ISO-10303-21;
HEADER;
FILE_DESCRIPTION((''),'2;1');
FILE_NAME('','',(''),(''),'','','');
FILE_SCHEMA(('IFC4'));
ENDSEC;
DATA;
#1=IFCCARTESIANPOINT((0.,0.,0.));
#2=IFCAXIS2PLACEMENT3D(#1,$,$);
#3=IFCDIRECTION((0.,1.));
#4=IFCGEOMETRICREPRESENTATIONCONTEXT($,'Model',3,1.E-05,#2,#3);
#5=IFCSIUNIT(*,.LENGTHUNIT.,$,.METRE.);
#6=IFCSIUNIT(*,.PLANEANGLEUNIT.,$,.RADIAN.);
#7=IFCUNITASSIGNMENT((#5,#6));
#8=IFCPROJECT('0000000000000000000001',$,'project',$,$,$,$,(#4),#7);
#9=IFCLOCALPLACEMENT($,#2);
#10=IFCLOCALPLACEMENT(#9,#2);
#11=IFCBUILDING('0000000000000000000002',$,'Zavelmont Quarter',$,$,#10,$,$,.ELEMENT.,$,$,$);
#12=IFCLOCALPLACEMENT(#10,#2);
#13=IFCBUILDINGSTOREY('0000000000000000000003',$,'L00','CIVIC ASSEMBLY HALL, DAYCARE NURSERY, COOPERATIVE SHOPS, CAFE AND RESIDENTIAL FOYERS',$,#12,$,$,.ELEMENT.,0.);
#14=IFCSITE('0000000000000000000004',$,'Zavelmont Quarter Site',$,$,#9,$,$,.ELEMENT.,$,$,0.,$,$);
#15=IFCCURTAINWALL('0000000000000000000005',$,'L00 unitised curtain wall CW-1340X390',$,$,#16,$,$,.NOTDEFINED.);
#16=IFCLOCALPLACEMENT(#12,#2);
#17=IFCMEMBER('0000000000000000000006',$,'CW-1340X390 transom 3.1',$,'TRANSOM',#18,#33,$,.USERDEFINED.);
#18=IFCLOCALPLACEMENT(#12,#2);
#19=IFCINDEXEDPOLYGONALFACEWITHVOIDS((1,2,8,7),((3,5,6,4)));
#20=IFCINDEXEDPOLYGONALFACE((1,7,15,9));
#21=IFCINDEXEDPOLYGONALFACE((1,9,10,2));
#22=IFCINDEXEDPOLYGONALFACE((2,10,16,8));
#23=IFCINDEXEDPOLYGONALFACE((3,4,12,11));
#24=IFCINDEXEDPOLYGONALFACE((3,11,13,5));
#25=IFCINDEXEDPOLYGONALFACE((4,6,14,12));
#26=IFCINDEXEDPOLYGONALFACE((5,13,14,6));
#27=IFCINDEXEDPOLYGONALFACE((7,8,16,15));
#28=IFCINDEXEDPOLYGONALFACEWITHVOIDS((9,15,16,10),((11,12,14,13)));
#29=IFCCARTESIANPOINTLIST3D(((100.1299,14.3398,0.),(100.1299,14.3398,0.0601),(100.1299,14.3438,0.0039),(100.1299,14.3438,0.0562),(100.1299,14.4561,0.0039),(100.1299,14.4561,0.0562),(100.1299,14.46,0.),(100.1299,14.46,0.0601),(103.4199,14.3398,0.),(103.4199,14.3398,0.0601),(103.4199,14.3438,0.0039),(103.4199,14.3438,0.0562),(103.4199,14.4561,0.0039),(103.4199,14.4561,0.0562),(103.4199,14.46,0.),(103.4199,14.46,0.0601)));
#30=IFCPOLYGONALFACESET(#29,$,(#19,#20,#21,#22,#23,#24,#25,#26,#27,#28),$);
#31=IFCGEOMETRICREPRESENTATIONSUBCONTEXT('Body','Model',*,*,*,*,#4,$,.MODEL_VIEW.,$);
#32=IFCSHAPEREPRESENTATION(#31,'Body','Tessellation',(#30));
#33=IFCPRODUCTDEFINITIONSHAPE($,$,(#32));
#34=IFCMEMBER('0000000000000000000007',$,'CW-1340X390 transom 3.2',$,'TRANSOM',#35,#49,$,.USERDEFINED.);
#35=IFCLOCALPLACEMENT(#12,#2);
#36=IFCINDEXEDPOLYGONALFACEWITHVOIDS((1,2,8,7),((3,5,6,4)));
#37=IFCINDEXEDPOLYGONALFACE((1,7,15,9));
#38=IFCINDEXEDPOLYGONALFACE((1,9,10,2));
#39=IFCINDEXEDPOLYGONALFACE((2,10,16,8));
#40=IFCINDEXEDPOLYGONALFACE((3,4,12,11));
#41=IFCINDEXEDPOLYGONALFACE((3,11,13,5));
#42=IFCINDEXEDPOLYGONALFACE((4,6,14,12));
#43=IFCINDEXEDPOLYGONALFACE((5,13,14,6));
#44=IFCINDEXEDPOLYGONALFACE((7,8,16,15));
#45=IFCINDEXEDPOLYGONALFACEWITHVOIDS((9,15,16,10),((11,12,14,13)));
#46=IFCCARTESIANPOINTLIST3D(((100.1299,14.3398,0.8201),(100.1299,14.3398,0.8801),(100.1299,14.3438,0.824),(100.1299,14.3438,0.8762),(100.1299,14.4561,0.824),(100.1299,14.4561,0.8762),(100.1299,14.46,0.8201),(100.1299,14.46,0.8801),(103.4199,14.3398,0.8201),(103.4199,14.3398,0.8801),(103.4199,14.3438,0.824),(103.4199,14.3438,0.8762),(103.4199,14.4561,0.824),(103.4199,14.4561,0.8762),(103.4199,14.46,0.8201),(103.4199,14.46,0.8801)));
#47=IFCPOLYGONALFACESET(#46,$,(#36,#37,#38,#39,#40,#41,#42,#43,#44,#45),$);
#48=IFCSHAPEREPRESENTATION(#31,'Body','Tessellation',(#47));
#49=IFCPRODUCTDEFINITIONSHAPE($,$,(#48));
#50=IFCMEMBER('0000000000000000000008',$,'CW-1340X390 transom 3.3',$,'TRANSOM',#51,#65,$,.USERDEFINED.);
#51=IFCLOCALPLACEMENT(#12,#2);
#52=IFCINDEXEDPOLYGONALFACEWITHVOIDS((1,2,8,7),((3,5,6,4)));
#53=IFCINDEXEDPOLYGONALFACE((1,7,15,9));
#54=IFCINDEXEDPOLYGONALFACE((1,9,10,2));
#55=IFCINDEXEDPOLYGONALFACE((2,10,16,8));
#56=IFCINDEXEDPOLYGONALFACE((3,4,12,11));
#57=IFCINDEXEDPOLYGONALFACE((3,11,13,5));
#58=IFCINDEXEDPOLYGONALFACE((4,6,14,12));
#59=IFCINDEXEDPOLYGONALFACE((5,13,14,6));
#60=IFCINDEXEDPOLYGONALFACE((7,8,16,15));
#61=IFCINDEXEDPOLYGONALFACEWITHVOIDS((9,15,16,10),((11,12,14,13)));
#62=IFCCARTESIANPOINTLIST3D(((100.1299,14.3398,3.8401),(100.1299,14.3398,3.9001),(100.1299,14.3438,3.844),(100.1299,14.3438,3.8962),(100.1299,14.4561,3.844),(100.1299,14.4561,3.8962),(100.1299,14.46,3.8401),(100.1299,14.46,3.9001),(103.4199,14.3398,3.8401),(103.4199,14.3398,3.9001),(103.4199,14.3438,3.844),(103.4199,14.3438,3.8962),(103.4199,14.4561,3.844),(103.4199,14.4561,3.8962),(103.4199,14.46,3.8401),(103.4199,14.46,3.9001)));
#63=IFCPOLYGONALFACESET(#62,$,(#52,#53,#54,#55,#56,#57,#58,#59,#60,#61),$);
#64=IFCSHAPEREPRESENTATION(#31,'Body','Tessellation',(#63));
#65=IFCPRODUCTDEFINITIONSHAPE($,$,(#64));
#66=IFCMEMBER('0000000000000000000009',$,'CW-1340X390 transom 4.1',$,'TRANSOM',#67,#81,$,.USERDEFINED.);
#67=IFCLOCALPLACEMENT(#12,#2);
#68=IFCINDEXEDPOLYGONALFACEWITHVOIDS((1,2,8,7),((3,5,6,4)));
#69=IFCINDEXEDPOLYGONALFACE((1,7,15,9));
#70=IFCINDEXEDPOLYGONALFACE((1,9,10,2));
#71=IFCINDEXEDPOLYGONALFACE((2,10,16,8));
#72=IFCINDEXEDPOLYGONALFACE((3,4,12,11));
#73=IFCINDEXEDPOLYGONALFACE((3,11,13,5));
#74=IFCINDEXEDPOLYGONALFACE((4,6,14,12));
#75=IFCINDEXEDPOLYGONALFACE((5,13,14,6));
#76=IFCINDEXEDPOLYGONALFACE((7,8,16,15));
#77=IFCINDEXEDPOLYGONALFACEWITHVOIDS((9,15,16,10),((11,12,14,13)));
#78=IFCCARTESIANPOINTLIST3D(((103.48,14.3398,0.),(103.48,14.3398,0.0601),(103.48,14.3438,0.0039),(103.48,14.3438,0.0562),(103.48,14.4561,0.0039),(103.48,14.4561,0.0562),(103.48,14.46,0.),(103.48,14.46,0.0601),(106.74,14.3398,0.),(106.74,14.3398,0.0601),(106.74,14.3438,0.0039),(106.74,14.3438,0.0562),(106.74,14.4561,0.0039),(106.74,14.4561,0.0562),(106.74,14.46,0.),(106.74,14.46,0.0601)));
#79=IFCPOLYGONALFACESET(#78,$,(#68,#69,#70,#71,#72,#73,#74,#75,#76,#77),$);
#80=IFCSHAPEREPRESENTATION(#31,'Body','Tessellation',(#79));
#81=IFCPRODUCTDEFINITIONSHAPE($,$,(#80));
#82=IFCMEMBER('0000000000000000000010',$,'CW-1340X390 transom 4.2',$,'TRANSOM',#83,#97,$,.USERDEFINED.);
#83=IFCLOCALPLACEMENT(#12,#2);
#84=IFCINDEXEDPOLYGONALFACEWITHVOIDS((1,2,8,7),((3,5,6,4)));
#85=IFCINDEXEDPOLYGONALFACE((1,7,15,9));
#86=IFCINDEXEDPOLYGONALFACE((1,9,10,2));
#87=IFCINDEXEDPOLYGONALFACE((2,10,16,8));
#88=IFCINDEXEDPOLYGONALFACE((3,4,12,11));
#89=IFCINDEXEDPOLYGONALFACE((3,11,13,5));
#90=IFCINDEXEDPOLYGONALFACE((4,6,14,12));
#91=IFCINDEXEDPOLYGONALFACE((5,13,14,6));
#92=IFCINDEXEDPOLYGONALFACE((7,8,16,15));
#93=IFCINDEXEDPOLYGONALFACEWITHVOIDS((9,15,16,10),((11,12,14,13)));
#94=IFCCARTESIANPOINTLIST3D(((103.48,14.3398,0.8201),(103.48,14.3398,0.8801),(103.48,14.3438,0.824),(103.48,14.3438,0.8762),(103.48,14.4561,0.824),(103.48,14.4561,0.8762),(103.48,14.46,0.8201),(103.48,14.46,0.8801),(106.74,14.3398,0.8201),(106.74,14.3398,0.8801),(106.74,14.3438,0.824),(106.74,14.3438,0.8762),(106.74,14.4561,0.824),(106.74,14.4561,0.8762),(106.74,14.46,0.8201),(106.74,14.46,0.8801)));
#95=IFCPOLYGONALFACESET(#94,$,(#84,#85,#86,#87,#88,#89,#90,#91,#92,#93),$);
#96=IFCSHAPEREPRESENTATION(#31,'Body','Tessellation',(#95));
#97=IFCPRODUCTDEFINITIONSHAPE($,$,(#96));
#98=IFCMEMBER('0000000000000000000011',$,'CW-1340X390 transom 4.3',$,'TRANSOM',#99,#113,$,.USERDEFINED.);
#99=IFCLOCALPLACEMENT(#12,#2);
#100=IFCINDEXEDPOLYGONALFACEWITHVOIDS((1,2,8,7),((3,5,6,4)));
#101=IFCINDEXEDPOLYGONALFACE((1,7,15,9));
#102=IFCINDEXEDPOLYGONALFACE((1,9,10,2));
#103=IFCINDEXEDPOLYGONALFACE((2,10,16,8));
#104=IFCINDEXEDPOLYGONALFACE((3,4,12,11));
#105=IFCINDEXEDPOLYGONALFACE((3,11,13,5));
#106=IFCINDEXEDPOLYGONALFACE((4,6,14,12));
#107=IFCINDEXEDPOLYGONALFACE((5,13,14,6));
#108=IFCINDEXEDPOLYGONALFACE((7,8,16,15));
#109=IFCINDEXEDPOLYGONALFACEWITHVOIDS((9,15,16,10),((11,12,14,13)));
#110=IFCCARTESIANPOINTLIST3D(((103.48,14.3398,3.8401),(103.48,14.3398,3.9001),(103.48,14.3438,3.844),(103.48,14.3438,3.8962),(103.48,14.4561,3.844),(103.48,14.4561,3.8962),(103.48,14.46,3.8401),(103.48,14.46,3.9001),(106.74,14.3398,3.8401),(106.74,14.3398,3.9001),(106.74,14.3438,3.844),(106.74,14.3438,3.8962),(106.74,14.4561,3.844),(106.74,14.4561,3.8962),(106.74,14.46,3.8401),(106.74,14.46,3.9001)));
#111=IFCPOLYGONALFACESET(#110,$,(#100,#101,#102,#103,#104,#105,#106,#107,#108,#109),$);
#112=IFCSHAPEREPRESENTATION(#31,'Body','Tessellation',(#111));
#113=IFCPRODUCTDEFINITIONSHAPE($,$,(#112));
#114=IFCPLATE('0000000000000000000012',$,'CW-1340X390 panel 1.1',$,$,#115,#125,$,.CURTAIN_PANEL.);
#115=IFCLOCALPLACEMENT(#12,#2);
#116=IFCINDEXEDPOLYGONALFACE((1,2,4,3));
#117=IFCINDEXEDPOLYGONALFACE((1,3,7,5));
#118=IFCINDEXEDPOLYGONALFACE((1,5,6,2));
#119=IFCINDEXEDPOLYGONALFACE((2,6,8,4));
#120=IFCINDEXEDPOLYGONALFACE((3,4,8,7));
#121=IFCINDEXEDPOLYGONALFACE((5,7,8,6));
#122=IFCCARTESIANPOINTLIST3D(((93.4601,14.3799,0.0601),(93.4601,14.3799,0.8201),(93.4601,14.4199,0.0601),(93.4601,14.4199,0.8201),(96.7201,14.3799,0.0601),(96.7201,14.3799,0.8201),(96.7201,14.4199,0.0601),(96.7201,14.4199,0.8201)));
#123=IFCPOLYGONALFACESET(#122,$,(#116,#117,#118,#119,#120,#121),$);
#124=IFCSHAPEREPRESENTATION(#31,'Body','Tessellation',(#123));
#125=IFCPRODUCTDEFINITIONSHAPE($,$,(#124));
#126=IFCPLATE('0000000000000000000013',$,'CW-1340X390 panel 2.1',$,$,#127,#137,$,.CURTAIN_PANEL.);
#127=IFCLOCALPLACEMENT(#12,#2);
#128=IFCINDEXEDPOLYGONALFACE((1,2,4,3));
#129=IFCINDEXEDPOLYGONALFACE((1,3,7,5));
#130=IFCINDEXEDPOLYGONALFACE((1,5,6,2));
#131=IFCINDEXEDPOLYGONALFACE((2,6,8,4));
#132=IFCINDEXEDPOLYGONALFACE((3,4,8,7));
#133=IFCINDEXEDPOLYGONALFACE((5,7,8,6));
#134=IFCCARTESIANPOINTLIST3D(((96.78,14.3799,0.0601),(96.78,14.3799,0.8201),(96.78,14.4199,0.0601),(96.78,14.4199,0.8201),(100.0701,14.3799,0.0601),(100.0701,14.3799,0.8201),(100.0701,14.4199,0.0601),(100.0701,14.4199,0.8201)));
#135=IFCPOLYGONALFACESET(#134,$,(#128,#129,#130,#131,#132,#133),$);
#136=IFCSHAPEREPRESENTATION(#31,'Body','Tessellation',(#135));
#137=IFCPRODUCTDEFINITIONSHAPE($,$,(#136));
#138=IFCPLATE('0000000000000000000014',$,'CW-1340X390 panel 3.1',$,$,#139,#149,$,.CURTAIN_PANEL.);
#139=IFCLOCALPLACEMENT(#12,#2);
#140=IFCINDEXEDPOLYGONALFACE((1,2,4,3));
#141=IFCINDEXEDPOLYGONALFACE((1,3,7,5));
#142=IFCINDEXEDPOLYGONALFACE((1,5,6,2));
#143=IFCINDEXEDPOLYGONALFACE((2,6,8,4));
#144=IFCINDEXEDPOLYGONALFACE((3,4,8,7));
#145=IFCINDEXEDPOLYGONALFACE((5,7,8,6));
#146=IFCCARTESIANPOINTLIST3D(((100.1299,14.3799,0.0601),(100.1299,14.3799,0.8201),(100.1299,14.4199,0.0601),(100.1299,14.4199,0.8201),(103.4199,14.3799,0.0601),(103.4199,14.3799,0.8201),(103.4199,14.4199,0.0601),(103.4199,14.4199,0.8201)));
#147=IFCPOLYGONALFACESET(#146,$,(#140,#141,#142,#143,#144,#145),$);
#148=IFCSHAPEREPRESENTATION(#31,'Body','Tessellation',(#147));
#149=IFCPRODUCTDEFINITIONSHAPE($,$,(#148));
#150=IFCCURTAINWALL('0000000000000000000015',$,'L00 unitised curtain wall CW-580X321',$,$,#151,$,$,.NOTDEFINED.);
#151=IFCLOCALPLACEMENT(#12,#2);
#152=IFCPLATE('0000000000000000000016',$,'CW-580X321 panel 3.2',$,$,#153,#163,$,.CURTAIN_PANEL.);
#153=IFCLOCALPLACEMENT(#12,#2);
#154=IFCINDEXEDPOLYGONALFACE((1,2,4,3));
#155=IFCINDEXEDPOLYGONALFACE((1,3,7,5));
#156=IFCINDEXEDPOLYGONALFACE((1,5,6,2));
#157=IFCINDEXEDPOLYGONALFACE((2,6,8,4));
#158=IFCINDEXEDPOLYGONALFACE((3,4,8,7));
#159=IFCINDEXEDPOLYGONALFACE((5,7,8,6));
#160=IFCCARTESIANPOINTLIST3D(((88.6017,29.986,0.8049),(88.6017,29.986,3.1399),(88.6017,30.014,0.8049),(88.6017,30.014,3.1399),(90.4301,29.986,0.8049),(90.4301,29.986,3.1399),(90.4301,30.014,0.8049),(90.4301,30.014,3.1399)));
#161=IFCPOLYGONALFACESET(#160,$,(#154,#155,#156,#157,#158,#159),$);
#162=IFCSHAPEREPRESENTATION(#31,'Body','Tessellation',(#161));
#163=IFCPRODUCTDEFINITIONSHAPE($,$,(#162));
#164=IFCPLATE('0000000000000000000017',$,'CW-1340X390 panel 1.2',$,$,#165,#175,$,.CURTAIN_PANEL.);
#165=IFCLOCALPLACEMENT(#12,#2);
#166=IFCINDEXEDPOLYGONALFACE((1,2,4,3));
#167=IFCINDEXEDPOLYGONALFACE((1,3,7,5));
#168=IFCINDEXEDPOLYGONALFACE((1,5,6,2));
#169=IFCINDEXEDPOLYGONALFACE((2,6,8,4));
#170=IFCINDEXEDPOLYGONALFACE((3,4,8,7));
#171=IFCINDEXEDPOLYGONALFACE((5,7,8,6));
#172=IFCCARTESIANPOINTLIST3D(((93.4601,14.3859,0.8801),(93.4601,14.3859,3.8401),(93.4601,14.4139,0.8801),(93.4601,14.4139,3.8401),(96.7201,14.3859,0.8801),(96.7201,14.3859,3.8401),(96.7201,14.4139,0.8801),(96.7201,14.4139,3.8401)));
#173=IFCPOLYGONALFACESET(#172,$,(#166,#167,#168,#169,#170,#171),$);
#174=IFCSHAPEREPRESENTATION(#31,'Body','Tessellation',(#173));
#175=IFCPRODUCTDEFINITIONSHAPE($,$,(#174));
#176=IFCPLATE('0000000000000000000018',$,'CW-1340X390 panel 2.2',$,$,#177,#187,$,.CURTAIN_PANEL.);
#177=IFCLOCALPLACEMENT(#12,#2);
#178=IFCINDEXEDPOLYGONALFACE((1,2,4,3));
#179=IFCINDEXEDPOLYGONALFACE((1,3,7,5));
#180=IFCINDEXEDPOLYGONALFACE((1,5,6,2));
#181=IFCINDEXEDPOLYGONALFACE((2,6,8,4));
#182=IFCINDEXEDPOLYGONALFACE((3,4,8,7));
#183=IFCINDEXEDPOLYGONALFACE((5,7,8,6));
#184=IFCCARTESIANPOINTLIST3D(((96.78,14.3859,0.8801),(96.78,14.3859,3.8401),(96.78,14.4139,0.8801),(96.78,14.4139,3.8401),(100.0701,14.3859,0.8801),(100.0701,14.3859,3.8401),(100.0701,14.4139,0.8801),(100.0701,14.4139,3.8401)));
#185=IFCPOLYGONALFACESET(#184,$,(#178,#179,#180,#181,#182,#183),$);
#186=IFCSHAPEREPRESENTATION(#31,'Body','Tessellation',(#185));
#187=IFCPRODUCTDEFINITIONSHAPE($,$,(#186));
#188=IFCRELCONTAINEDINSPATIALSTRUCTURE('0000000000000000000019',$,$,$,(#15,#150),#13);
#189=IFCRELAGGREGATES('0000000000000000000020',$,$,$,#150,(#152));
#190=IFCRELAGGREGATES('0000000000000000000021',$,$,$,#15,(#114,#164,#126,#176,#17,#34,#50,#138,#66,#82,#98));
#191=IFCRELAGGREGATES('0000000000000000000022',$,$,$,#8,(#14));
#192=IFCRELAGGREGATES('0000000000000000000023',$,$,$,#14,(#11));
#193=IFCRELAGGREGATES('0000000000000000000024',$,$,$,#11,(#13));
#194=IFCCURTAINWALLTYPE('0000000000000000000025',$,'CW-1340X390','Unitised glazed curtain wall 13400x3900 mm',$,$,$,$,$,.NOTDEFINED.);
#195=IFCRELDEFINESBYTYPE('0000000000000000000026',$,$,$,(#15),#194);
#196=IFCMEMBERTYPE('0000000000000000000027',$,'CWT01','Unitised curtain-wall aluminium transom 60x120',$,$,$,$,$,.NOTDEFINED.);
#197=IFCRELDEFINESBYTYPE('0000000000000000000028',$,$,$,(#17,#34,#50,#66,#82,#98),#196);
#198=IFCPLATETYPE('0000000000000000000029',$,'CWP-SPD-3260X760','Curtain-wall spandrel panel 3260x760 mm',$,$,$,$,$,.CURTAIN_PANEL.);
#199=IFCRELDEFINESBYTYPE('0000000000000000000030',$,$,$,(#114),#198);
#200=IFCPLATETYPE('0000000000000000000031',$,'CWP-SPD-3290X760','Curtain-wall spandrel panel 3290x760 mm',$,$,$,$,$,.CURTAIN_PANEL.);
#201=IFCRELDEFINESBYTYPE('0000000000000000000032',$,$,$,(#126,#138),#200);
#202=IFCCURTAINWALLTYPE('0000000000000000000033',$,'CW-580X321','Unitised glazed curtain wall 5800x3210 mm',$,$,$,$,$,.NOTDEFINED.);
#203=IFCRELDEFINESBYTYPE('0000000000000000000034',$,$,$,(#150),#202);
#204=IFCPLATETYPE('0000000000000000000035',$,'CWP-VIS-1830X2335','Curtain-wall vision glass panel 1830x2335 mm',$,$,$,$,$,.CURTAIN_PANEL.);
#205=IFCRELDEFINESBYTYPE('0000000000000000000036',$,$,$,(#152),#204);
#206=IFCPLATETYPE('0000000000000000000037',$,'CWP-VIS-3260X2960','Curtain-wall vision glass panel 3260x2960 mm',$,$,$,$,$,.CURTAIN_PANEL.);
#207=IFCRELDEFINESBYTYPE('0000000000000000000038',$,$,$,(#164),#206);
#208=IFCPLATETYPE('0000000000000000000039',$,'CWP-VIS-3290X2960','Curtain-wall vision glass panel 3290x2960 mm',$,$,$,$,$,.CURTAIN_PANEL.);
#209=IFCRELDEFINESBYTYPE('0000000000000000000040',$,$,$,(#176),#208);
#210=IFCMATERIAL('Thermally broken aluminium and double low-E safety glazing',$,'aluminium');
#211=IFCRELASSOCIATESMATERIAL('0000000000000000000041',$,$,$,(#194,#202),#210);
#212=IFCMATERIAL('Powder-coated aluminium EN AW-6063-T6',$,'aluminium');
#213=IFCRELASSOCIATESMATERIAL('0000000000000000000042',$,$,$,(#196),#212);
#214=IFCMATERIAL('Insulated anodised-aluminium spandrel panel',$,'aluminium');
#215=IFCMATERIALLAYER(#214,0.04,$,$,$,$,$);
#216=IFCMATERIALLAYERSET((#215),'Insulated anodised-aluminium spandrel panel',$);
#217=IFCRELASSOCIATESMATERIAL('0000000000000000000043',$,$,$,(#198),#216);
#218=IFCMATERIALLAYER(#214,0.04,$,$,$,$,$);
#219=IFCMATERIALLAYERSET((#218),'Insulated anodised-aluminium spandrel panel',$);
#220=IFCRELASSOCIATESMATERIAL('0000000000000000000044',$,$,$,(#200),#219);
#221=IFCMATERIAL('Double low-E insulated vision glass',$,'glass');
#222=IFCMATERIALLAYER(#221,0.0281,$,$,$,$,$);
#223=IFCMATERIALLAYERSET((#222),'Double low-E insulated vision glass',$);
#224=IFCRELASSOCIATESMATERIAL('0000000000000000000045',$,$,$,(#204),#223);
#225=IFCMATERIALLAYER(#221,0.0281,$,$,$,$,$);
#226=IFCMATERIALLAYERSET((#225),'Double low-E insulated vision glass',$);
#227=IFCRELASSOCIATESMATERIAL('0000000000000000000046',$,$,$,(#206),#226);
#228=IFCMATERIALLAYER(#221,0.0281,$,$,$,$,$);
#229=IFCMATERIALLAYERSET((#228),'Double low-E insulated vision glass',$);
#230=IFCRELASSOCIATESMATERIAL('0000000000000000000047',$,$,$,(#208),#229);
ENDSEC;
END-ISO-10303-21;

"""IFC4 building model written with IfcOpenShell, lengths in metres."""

from ifc_helpers import new_model, si_unit, direction, frame, origin, origin_2d, place, context, subcontext, project, spatial, rectangle, hollow_rectangle, extrude, material, layer, layer_set, material_profile, profile_set, type_object, element, aggregate, save


model = new_model("IFC4")

# Units and contexts
model_context = context("Model", 3, precision=1e-05, world=origin(), true_north=direction((0.0, 1.0)))
body_context = subcontext(model_context, "Body", "Model", "MODEL_VIEW")
ifc_project = project(units=[si_unit("LENGTHUNIT", "METRE"), si_unit("PLANEANGLEUNIT", "RADIAN")], contexts=[model_context])

# Site, building, storey
site_placement = place(None, origin())
site = spatial("IfcSite", under=ifc_project, at=site_placement, Name="Zavelmont Quarter Site", CompositionType="ELEMENT", RefElevation=0.0)
building_placement = place(site_placement, origin())
building = spatial("IfcBuilding", under=site, at=building_placement, Name="Zavelmont Quarter", CompositionType="ELEMENT")
storey_placement = place(building_placement, origin())
storey = spatial("IfcBuildingStorey", under=building, at=storey_placement, Name="L00", Description="CIVIC ASSEMBLY HALL, DAYCARE NURSERY, COOPERATIVE SHOPS, CAFE AND RESIDENTIAL FOYERS", CompositionType="ELEMENT", Elevation=0.0)

# Curtain wall, members, plates
ifc_material_1 = material(Name="Thermally broken aluminium and double low-E safety glazing", Category="aluminium")
curtain_wall_type_1 = type_object("IfcCurtainWallType", Name="CW-1340X390", Description="Unitised glazed curtain wall 13400x3900 mm", PredefinedType="NOTDEFINED", material=ifc_material_1)
curtain_wall_1_placement = place(storey_placement, origin())
curtain_wall_1 = element("IfcCurtainWall", 1, at=curtain_wall_1_placement, inside=storey, type_object=curtain_wall_type_1, Name="L00 unitised curtain wall CW-1340X390", PredefinedType="NOTDEFINED")
ifc_material_2 = material(Name="Powder-coated aluminium EN AW-6063-T6", Category="aluminium")
ifc_material_profile_1 = material_profile(ifc_material_2, hollow_rectangle(XDim=0.1201, YDim=0.0601, WallThickness=0.0039, at=origin_2d()), Name="CWT60X120")
ifc_profile_set_1 = profile_set([ifc_material_profile_1], Name="Powder-coated aluminium EN AW-6063-T6")
member_type_1 = type_object("IfcMemberType", Name="CWT01", Description="Unitised curtain-wall aluminium transom 60x120", PredefinedType="NOTDEFINED", material=ifc_profile_set_1)
member_1_placement = place(storey_placement, frame((100.1299, 14.3999, 0.03), z_axis=(1.0, 0.0, 0.0), x_axis=(0.0, 1.0, 0.0)))
member_1 = element("IfcMember", 2, at=member_1_placement, type_object=member_type_1, Name="CW-1340X390 transom 3.1", ObjectType="TRANSOM", PredefinedType="USERDEFINED", context=body_context, shape_type="SweptSolid", body=[
    extrude(hollow_rectangle(XDim=0.1201, YDim=0.0601, WallThickness=0.0039, at=origin_2d()), origin(), (0.0, 0.0, 1.0), 3.29),
])
member_2_placement = place(storey_placement, frame((100.1299, 14.3999, 0.8501), z_axis=(1.0, 0.0, 0.0), x_axis=(0.0, 1.0, 0.0)))
member_2 = element("IfcMember", 3, at=member_2_placement, type_object=member_type_1, Name="CW-1340X390 transom 3.2", ObjectType="TRANSOM", PredefinedType="USERDEFINED", context=body_context, shape_type="SweptSolid", body=[
    extrude(hollow_rectangle(XDim=0.1201, YDim=0.0601, WallThickness=0.0039, at=origin_2d()), origin(), (0.0, 0.0, 1.0), 3.29),
])
member_3_placement = place(storey_placement, frame((100.1299, 14.3999, 3.8701), z_axis=(1.0, 0.0, 0.0), x_axis=(0.0, 1.0, 0.0)))
member_3 = element("IfcMember", 4, at=member_3_placement, type_object=member_type_1, Name="CW-1340X390 transom 3.3", ObjectType="TRANSOM", PredefinedType="USERDEFINED", context=body_context, shape_type="SweptSolid", body=[
    extrude(hollow_rectangle(XDim=0.1201, YDim=0.0601, WallThickness=0.0039, at=origin_2d()), origin(), (0.0, 0.0, 1.0), 3.29),
])
member_4_placement = place(storey_placement, frame((103.48, 14.3999, 0.03), z_axis=(1.0, 0.0, 0.0), x_axis=(0.0, 1.0, 0.0)))
member_4 = element("IfcMember", 5, at=member_4_placement, type_object=member_type_1, Name="CW-1340X390 transom 4.1", ObjectType="TRANSOM", PredefinedType="USERDEFINED", context=body_context, shape_type="SweptSolid", body=[
    extrude(hollow_rectangle(XDim=0.1201, YDim=0.0601, WallThickness=0.0039, at=origin_2d()), origin(), (0.0, 0.0, 1.0), 3.26),
])
member_5_placement = place(storey_placement, frame((103.48, 14.3999, 0.8501), z_axis=(1.0, 0.0, 0.0), x_axis=(0.0, 1.0, 0.0)))
member_5 = element("IfcMember", 6, at=member_5_placement, type_object=member_type_1, Name="CW-1340X390 transom 4.2", ObjectType="TRANSOM", PredefinedType="USERDEFINED", context=body_context, shape_type="SweptSolid", body=[
    extrude(hollow_rectangle(XDim=0.1201, YDim=0.0601, WallThickness=0.0039, at=origin_2d()), origin(), (0.0, 0.0, 1.0), 3.26),
])
member_6_placement = place(storey_placement, frame((103.48, 14.3999, 3.8701), z_axis=(1.0, 0.0, 0.0), x_axis=(0.0, 1.0, 0.0)))
member_6 = element("IfcMember", 7, at=member_6_placement, type_object=member_type_1, Name="CW-1340X390 transom 4.3", ObjectType="TRANSOM", PredefinedType="USERDEFINED", context=body_context, shape_type="SweptSolid", body=[
    extrude(hollow_rectangle(XDim=0.1201, YDim=0.0601, WallThickness=0.0039, at=origin_2d()), origin(), (0.0, 0.0, 1.0), 3.26),
])
ifc_material_3 = material(Name="Insulated anodised-aluminium spandrel panel", Category="aluminium")
ifc_layer_1 = layer(ifc_material_3, 0.04)
ifc_layer_set_1 = layer_set([ifc_layer_1], Name="Insulated anodised-aluminium spandrel panel")
plate_type_1 = type_object("IfcPlateType", Name="CWP-SPD-3260X760", Description="Curtain-wall spandrel panel 3260x760 mm", PredefinedType="CURTAIN_PANEL", material=ifc_layer_set_1)
plate_1_placement = place(storey_placement, frame((95.0901, 14.3999, 0.0601), z_axis=(0.0, 0.0, 1.0), x_axis=(1.0, 0.0, 0.0)))
plate_1 = element("IfcPlate", 8, at=plate_1_placement, type_object=plate_type_1, Name="CW-1340X390 panel 1.1", PredefinedType="CURTAIN_PANEL", context=body_context, shape_type="SweptSolid", body=[
    extrude(rectangle(XDim=3.26, YDim=0.04, at=origin_2d()), origin(), (0.0, 0.0, 1.0), 0.76),
])
ifc_layer_2 = layer(ifc_material_3, 0.04)
ifc_layer_set_2 = layer_set([ifc_layer_2], Name="Insulated anodised-aluminium spandrel panel")
plate_type_2 = type_object("IfcPlateType", Name="CWP-SPD-3290X760", Description="Curtain-wall spandrel panel 3290x760 mm", PredefinedType="CURTAIN_PANEL", material=ifc_layer_set_2)
plate_2_placement = place(storey_placement, frame((98.425, 14.3999, 0.0601), z_axis=(0.0, 0.0, 1.0), x_axis=(1.0, 0.0, 0.0)))
plate_2 = element("IfcPlate", 9, at=plate_2_placement, type_object=plate_type_2, Name="CW-1340X390 panel 2.1", PredefinedType="CURTAIN_PANEL", context=body_context, shape_type="SweptSolid", body=[
    extrude(rectangle(XDim=3.29, YDim=0.04, at=origin_2d()), origin(), (0.0, 0.0, 1.0), 0.76),
])
plate_3_placement = place(storey_placement, frame((101.7749, 14.3999, 0.0601), z_axis=(0.0, 0.0, 1.0), x_axis=(1.0, 0.0, 0.0)))
plate_3 = element("IfcPlate", 10, at=plate_3_placement, type_object=plate_type_2, Name="CW-1340X390 panel 3.1", PredefinedType="CURTAIN_PANEL", context=body_context, shape_type="SweptSolid", body=[
    extrude(rectangle(XDim=3.29, YDim=0.04, at=origin_2d()), origin(), (0.0, 0.0, 1.0), 0.76),
])

# Curtain wall, plate
curtain_wall_type_2 = type_object("IfcCurtainWallType", Name="CW-580X321", Description="Unitised glazed curtain wall 5800x3210 mm", PredefinedType="NOTDEFINED", material=ifc_material_1)
curtain_wall_2_placement = place(storey_placement, origin())
curtain_wall_2 = element("IfcCurtainWall", 11, at=curtain_wall_2_placement, inside=storey, type_object=curtain_wall_type_2, Name="L00 unitised curtain wall CW-580X321", PredefinedType="NOTDEFINED")
ifc_material_4 = material(Name="Double low-E insulated vision glass", Category="glass")
ifc_layer_3 = layer(ifc_material_4, 0.0281)
ifc_layer_set_3 = layer_set([ifc_layer_3], Name="Double low-E insulated vision glass")
plate_type_3 = type_object("IfcPlateType", Name="CWP-VIS-1830X2335", Description="Curtain-wall vision glass panel 1830x2335 mm", PredefinedType="CURTAIN_PANEL", material=ifc_layer_set_3)
plate_4_placement = place(storey_placement, frame((89.5159, 30.0, 0.8049), z_axis=(0.0, 0.0, 1.0), x_axis=(1.0, 0.0, 0.0)))
plate_4 = element("IfcPlate", 12, at=plate_4_placement, type_object=plate_type_3, Name="CW-580X321 panel 3.2", PredefinedType="CURTAIN_PANEL", context=body_context, shape_type="SweptSolid", body=[
    extrude(rectangle(XDim=1.8284, YDim=0.0281, at=origin_2d()), origin(), (0.0, 0.0, 1.0), 2.335),
])
aggregate(curtain_wall_2, [plate_4])

# Plates
ifc_layer_4 = layer(ifc_material_4, 0.0281)
ifc_layer_set_4 = layer_set([ifc_layer_4], Name="Double low-E insulated vision glass")
plate_type_4 = type_object("IfcPlateType", Name="CWP-VIS-3260X2960", Description="Curtain-wall vision glass panel 3260x2960 mm", PredefinedType="CURTAIN_PANEL", material=ifc_layer_set_4)
plate_5_placement = place(storey_placement, frame((95.0901, 14.3999, 0.8801), z_axis=(0.0, 0.0, 1.0), x_axis=(1.0, 0.0, 0.0)))
plate_5 = element("IfcPlate", 13, at=plate_5_placement, type_object=plate_type_4, Name="CW-1340X390 panel 1.2", PredefinedType="CURTAIN_PANEL", context=body_context, shape_type="SweptSolid", body=[
    extrude(rectangle(XDim=3.26, YDim=0.0281, at=origin_2d()), origin(), (0.0, 0.0, 1.0), 2.96),
])
ifc_layer_5 = layer(ifc_material_4, 0.0281)
ifc_layer_set_5 = layer_set([ifc_layer_5], Name="Double low-E insulated vision glass")
plate_type_5 = type_object("IfcPlateType", Name="CWP-VIS-3290X2960", Description="Curtain-wall vision glass panel 3290x2960 mm", PredefinedType="CURTAIN_PANEL", material=ifc_layer_set_5)
plate_6_placement = place(storey_placement, frame((98.425, 14.3999, 0.8801), z_axis=(0.0, 0.0, 1.0), x_axis=(1.0, 0.0, 0.0)))
plate_6 = element("IfcPlate", 14, at=plate_6_placement, type_object=plate_type_5, Name="CW-1340X390 panel 2.2", PredefinedType="CURTAIN_PANEL", context=body_context, shape_type="SweptSolid", body=[
    extrude(rectangle(XDim=3.29, YDim=0.0281, at=origin_2d()), origin(), (0.0, 0.0, 1.0), 2.96),
])
aggregate(curtain_wall_1, [plate_1, plate_5, plate_2, plate_6, member_1, member_2, member_3, plate_3, member_4, member_5, member_6])

save(model, "model.ifc")
